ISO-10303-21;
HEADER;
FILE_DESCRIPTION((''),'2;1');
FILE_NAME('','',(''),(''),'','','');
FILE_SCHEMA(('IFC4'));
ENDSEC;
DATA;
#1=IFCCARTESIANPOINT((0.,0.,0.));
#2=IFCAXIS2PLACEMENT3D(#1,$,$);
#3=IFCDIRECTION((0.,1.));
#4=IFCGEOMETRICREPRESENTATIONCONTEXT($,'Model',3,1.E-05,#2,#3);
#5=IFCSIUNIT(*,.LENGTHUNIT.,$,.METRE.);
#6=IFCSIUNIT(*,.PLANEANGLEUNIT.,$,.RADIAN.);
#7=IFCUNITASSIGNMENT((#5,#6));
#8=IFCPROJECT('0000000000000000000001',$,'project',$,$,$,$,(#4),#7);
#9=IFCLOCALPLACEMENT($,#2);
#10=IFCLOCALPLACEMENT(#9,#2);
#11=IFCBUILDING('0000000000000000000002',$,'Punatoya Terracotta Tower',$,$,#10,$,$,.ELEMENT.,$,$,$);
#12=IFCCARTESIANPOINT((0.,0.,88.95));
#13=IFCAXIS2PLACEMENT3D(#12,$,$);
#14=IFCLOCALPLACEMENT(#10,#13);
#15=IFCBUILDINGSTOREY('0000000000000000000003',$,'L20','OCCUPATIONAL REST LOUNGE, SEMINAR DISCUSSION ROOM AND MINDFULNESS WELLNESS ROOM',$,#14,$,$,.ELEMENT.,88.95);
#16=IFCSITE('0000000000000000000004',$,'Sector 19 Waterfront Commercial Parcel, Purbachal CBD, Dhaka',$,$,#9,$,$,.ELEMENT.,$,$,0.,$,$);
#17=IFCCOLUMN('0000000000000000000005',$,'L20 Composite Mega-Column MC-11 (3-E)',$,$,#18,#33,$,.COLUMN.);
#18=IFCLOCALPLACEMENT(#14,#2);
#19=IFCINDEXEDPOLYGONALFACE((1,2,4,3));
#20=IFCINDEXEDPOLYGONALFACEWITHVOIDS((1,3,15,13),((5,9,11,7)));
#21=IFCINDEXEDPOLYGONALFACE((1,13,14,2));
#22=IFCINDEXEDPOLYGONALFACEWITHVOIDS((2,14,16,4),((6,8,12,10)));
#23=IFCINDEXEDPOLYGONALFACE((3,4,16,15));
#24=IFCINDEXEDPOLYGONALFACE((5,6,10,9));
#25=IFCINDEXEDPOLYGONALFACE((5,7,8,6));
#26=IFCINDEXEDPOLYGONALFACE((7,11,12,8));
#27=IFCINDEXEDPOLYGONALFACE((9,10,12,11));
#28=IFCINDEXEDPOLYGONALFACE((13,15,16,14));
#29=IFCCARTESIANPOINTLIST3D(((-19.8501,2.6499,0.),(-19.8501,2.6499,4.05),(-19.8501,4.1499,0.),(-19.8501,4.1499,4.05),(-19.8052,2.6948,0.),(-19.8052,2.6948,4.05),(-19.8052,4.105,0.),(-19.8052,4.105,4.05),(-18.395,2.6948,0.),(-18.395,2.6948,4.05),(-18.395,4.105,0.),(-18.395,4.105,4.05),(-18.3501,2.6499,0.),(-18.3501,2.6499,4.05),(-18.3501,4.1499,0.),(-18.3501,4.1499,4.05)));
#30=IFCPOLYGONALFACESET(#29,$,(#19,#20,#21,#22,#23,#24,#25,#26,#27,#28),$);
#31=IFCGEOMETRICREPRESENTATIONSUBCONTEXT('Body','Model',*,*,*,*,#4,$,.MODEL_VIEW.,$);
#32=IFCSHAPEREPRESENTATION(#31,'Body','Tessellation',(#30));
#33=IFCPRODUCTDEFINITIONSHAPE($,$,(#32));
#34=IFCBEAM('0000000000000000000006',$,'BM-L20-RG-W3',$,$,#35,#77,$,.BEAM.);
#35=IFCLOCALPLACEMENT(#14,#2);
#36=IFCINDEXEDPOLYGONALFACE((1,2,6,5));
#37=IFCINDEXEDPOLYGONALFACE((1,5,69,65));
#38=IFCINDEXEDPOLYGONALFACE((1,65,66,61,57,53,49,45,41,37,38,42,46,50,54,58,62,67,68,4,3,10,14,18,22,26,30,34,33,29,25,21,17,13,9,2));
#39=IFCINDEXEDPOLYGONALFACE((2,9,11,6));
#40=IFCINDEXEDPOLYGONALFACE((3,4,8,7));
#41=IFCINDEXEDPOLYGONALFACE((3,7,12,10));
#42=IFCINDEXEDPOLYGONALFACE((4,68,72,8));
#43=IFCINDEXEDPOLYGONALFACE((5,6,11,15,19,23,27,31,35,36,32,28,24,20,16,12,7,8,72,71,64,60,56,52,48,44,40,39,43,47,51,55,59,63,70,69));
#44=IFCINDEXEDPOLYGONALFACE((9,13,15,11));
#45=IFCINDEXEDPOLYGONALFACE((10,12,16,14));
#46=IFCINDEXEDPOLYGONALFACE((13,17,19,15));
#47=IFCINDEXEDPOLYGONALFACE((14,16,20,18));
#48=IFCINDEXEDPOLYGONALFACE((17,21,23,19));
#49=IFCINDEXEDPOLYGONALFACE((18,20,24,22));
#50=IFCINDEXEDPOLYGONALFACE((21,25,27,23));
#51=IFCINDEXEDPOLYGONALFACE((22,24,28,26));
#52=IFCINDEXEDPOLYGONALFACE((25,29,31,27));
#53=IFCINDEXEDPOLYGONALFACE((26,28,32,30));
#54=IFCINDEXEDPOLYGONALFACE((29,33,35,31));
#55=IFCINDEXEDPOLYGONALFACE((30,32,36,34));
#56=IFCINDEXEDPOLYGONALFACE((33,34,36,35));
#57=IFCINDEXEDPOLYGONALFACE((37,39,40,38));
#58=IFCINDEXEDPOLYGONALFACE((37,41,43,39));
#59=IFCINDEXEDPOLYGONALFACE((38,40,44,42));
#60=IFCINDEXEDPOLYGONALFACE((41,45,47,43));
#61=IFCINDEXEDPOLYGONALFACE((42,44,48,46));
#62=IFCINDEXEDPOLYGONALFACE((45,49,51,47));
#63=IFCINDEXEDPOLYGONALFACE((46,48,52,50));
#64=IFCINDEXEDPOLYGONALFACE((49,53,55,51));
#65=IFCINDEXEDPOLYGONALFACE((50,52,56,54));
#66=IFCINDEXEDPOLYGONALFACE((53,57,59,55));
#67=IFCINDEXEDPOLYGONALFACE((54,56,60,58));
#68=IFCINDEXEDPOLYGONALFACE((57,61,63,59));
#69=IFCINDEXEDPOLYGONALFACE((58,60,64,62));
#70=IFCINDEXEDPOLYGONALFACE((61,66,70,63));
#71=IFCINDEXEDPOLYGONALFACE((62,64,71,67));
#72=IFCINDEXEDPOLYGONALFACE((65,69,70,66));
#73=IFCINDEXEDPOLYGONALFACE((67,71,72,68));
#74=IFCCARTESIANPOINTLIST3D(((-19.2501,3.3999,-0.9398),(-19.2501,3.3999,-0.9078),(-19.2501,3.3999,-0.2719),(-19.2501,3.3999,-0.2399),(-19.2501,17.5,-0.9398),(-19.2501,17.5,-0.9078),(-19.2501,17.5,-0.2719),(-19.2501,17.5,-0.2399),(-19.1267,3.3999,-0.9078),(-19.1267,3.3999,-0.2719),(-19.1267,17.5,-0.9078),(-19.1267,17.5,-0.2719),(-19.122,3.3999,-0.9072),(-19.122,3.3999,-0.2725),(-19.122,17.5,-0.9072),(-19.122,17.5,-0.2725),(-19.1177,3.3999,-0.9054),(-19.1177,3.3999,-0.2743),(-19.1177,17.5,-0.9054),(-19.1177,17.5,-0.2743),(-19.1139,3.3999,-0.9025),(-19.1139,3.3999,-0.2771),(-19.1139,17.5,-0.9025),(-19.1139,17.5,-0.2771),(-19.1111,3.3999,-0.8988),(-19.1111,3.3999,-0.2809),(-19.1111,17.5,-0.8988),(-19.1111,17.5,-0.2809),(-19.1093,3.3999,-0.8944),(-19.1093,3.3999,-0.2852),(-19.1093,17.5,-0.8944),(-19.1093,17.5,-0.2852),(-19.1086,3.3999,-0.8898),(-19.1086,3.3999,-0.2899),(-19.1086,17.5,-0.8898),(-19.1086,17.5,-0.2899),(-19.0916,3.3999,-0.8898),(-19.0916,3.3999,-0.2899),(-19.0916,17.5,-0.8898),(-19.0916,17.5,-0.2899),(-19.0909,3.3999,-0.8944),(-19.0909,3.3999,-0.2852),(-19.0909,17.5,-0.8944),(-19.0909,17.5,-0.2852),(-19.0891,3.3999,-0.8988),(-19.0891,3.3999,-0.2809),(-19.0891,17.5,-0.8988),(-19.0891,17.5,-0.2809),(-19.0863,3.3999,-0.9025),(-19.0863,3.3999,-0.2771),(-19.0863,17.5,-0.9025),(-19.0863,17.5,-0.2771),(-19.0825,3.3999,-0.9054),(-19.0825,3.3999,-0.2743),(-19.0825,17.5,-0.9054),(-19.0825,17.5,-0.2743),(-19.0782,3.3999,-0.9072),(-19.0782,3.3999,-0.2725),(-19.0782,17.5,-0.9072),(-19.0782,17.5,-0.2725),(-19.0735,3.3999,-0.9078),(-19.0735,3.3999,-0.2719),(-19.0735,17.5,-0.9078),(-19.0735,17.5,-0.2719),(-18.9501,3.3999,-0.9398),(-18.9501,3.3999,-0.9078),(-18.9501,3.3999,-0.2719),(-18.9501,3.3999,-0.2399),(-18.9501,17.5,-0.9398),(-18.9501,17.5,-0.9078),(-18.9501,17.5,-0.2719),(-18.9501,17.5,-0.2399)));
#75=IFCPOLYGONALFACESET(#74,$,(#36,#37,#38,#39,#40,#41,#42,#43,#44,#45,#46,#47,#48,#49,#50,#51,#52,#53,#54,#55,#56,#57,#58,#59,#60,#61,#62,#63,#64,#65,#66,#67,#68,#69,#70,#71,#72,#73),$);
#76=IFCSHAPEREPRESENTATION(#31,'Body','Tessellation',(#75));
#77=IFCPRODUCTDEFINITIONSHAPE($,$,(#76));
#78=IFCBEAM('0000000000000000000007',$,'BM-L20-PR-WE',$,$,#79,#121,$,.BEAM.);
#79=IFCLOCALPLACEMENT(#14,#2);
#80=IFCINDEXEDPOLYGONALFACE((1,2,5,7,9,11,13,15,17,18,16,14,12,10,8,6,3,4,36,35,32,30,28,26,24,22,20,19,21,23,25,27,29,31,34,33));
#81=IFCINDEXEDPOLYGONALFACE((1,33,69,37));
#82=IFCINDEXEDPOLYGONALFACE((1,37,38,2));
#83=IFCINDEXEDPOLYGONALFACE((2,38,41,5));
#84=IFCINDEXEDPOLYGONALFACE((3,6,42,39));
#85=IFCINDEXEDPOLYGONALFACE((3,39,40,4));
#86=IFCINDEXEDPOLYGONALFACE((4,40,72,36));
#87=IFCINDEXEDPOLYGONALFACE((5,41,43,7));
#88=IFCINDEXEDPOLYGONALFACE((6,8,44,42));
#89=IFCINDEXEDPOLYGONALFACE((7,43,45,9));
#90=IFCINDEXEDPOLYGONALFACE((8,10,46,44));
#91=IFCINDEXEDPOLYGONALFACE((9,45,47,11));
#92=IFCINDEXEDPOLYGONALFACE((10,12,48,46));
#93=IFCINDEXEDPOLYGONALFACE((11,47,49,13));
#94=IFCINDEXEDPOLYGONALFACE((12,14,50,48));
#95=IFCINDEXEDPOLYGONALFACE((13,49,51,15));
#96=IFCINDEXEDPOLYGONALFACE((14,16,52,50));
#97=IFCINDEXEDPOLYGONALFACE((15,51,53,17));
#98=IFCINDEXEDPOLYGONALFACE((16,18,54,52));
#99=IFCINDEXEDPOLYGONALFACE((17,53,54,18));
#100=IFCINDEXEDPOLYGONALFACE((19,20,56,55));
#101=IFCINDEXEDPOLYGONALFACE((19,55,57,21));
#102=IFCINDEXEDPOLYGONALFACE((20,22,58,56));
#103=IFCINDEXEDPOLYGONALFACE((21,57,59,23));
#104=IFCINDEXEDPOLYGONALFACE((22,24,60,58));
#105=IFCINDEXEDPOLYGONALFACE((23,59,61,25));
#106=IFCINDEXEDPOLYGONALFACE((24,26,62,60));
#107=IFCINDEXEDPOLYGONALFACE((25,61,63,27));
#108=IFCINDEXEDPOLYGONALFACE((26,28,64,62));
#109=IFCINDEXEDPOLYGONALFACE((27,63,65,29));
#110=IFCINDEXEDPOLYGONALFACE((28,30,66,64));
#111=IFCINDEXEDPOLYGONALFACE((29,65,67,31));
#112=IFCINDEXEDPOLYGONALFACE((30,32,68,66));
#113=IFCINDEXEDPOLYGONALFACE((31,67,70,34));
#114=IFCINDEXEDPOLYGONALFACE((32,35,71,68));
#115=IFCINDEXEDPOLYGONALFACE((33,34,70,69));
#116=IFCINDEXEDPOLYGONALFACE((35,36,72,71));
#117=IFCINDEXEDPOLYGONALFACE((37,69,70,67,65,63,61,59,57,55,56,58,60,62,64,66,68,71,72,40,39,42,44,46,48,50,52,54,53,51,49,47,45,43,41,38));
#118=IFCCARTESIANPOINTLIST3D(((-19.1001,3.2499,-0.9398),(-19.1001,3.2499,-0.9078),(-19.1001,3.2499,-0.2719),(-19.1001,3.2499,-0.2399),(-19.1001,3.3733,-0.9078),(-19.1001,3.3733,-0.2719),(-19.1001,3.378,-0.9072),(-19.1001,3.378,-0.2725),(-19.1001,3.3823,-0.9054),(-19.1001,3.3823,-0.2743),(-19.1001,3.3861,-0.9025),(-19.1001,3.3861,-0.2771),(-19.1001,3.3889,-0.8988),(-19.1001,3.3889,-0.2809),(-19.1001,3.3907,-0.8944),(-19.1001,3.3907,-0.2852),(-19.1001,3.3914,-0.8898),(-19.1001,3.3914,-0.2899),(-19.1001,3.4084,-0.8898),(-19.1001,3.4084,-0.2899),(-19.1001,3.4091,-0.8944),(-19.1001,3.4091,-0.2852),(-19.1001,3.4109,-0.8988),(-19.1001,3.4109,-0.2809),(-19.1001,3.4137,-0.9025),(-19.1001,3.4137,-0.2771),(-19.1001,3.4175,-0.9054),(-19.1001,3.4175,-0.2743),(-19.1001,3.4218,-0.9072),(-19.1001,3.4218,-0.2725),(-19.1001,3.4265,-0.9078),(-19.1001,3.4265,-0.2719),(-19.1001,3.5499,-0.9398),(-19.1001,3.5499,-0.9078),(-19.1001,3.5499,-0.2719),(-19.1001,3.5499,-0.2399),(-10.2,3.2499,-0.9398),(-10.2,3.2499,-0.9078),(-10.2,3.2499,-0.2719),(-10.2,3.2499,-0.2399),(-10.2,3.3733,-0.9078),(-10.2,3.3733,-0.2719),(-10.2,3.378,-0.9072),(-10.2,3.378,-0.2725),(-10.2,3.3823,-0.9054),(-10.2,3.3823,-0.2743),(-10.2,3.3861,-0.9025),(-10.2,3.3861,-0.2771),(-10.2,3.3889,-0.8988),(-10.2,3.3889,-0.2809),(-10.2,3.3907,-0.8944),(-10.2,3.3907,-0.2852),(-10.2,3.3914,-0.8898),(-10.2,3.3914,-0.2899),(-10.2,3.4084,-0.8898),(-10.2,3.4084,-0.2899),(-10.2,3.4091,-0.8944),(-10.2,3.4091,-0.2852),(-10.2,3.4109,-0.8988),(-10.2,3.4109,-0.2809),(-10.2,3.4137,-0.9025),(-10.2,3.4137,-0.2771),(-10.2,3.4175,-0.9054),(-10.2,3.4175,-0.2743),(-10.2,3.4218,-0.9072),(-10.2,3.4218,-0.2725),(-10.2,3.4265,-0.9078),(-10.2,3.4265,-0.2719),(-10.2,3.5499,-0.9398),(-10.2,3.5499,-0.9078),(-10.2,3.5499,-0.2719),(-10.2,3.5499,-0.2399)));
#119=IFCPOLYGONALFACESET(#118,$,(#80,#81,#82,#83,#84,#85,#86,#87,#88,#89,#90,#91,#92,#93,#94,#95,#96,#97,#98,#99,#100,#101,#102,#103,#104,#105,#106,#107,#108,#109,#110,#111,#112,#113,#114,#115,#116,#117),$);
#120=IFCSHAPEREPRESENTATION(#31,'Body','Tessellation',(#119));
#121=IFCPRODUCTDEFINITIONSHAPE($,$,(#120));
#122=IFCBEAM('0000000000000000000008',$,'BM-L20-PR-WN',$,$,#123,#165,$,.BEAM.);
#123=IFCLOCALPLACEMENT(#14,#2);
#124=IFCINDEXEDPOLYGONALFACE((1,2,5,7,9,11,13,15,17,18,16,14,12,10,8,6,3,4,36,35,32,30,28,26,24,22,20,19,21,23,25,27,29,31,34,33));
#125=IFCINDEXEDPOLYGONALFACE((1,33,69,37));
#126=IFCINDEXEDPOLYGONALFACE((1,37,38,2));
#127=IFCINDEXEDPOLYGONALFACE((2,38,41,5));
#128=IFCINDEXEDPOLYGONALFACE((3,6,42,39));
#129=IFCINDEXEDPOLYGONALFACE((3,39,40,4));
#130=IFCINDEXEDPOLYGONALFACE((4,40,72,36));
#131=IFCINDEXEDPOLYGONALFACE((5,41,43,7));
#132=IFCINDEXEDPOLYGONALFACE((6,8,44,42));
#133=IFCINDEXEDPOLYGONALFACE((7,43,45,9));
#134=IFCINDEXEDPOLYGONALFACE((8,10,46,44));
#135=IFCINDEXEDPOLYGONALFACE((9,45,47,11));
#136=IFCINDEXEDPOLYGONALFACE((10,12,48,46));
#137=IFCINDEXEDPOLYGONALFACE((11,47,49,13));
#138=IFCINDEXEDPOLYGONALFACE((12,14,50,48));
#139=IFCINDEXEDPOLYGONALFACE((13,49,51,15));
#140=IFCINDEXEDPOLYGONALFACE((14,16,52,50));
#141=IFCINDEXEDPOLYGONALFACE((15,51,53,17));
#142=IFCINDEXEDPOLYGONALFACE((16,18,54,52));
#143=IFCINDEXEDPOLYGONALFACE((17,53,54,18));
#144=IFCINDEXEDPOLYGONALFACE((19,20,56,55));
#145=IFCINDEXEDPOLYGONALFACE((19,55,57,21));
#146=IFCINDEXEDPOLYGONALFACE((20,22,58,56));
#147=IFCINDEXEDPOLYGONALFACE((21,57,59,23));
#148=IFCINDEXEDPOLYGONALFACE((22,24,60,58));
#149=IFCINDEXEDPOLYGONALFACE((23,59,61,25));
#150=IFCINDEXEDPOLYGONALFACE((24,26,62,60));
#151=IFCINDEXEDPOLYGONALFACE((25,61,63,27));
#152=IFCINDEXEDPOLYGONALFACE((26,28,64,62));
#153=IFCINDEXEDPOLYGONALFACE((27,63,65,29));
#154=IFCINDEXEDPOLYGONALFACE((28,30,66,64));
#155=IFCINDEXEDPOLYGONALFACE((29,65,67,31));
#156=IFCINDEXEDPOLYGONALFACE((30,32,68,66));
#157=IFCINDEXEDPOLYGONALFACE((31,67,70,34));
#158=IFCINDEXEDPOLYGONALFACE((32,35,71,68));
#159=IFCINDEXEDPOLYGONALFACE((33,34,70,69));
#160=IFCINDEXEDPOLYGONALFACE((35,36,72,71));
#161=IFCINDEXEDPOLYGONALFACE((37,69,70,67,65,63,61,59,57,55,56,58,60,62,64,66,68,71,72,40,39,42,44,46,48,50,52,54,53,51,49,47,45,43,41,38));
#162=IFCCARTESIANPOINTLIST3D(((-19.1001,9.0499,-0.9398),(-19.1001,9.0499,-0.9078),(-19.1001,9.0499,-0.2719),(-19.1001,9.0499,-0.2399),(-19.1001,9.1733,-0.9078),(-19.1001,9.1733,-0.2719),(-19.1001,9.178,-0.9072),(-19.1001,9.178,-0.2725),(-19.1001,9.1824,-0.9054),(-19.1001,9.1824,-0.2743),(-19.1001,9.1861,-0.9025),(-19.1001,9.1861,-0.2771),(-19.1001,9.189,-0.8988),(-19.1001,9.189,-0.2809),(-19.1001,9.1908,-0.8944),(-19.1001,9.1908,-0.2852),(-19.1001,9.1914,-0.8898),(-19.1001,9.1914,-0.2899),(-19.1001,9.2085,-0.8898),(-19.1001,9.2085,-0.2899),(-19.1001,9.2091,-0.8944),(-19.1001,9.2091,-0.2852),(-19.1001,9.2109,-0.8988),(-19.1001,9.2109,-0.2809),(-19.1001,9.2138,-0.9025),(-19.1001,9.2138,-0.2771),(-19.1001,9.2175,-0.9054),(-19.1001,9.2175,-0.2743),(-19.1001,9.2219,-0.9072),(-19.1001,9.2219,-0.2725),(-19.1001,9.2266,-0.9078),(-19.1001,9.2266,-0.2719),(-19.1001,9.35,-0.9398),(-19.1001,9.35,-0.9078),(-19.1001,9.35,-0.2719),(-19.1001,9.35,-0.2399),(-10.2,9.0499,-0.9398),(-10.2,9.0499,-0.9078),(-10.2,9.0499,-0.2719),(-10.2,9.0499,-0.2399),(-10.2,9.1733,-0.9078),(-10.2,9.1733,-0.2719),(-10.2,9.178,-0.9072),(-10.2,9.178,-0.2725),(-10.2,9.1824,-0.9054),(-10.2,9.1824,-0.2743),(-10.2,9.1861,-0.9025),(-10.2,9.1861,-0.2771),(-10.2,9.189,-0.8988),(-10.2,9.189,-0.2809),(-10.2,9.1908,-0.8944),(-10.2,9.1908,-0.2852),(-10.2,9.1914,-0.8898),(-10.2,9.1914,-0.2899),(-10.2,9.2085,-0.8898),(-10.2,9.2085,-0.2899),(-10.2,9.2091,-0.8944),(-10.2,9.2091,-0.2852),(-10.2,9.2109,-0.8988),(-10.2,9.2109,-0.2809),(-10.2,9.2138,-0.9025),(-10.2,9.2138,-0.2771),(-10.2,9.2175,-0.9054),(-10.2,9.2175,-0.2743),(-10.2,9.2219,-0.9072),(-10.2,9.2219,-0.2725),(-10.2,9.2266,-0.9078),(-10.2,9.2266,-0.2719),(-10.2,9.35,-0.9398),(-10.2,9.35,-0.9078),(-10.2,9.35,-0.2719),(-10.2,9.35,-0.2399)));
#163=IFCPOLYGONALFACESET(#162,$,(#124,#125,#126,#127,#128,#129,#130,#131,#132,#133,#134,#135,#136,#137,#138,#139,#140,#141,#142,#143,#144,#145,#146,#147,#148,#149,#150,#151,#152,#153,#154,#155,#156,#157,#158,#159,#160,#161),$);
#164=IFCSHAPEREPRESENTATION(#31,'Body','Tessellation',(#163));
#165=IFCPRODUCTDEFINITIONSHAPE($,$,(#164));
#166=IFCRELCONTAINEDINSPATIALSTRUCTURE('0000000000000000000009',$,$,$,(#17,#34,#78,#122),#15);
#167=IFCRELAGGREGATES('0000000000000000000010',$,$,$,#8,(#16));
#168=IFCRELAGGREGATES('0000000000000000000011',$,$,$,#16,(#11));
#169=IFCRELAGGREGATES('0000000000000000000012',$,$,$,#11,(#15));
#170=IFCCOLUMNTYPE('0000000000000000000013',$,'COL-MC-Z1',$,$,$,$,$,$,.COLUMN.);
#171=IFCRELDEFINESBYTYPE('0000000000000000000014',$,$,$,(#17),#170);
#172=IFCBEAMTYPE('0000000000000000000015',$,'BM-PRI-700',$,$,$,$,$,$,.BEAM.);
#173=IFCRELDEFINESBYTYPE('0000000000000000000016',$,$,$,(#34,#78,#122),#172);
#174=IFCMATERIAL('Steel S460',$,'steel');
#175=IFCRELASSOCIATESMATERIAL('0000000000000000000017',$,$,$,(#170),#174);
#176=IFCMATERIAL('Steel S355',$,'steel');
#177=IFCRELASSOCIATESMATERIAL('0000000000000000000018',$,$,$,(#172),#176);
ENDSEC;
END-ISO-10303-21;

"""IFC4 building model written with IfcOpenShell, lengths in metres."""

from ifc_helpers import new_model, si_unit, direction, frame, origin, origin_2d, place, context, subcontext, project, spatial, hollow_rectangle, i_section, extrude, material, material_profile, profile_set, type_object, element, save


model = new_model("IFC4")

# Units and contexts
model_context = context("Model", 3, precision=1e-05, world=origin(), true_north=direction((0.0, 1.0)))
body_context = subcontext(model_context, "Body", "Model", "MODEL_VIEW")
ifc_project = project(units=[si_unit("LENGTHUNIT", "METRE"), si_unit("PLANEANGLEUNIT", "RADIAN")], contexts=[model_context])

# Site, building, storey
site_placement = place(None, origin())
site = spatial("IfcSite", under=ifc_project, at=site_placement, Name="Sector 19 Waterfront Commercial Parcel, Purbachal CBD, Dhaka", CompositionType="ELEMENT", RefElevation=0.0)
building_placement = place(site_placement, origin())
building = spatial("IfcBuilding", under=site, at=building_placement, Name="Punatoya Terracotta Tower", CompositionType="ELEMENT")
storey_placement = place(building_placement, frame((0.0, 0.0, 88.95)))
storey = spatial("IfcBuildingStorey", under=building, at=storey_placement, Name="L20", Description="OCCUPATIONAL REST LOUNGE, SEMINAR DISCUSSION ROOM AND MINDFULNESS WELLNESS ROOM", CompositionType="ELEMENT", Elevation=88.95)

# Column
ifc_material_1 = material(Name="Steel S460", Category="steel")
ifc_material_profile_1 = material_profile(ifc_material_1, hollow_rectangle(XDim=1.5, YDim=1.5, WallThickness=0.0449, at=origin_2d()))
ifc_profile_set_1 = profile_set([ifc_material_profile_1], Name="Steel S460")
column_type = type_object("IfcColumnType", Name="COL-MC-Z1", PredefinedType="COLUMN", material=ifc_profile_set_1)
column_placement = place(storey_placement, frame((-19.1001, 3.3999, 0.0), z_axis=(0.0, 0.0, 1.0), x_axis=(1.0, 0.0, 0.0)))
element("IfcColumn", 1, at=column_placement, inside=storey, type_object=column_type, Name="L20 Composite Mega-Column MC-11 (3-E)", PredefinedType="COLUMN", context=body_context, shape_type="SweptSolid", body=[
    extrude(hollow_rectangle(XDim=1.5, YDim=1.5, WallThickness=0.0449, at=origin_2d()), origin(), (0.0, 0.0, 1.0), 4.05),
])

# Beams
ifc_material_2 = material(Name="Steel S355", Category="steel")
ifc_material_profile_2 = material_profile(ifc_material_2, i_section(OverallWidth=0.3, OverallDepth=0.7, WebThickness=0.0171, FlangeThickness=0.032, FilletRadius=0.0181, at=origin_2d()))
ifc_profile_set_2 = profile_set([ifc_material_profile_2], Name="Steel S355")
beam_type_1 = type_object("IfcBeamType", Name="BM-PRI-700", PredefinedType="BEAM", material=ifc_profile_set_2)
beam_1_placement = place(storey_placement, frame((-19.1001, 3.3999, -0.5898), z_axis=(0.0, 1.0, 0.0), x_axis=(-1.0, 0.0, 0.0)))
element("IfcBeam", 2, at=beam_1_placement, inside=storey, type_object=beam_type_1, Name="BM-L20-RG-W3", PredefinedType="BEAM", context=body_context, shape_type="SweptSolid", body=[
    extrude(i_section(OverallWidth=0.3, OverallDepth=0.7, WebThickness=0.0171, FlangeThickness=0.032, FilletRadius=0.0181, at=origin_2d()), origin(), (0.0, 0.0, 1.0), 14.1001),
])
for number, where, z_axis, x_axis, name in (
    (3, (-19.1001, 3.3999, -0.5898), (1.0, 0.0, 0.0), (0.0, 1.0, 0.0), "BM-L20-PR-WE"),
    (4, (-19.1001, 9.2, -0.5898), (1.0, 0.0, 0.0), (0.0, 1.0, 0.0), "BM-L20-PR-WN"),
):
    element("IfcBeam", number, at=place(storey_placement, frame(where, z_axis=z_axis, x_axis=x_axis)), inside=storey, type_object=beam_type_1, Name=name, PredefinedType="BEAM", context=body_context, shape_type="SweptSolid", body=[
        extrude(i_section(OverallWidth=0.3, OverallDepth=0.7, WebThickness=0.0171, FlangeThickness=0.032, FilletRadius=0.0181, at=origin_2d()), origin(), (0.0, 0.0, 1.0), 8.9001),
    ])

save(model, "model.ifc")
